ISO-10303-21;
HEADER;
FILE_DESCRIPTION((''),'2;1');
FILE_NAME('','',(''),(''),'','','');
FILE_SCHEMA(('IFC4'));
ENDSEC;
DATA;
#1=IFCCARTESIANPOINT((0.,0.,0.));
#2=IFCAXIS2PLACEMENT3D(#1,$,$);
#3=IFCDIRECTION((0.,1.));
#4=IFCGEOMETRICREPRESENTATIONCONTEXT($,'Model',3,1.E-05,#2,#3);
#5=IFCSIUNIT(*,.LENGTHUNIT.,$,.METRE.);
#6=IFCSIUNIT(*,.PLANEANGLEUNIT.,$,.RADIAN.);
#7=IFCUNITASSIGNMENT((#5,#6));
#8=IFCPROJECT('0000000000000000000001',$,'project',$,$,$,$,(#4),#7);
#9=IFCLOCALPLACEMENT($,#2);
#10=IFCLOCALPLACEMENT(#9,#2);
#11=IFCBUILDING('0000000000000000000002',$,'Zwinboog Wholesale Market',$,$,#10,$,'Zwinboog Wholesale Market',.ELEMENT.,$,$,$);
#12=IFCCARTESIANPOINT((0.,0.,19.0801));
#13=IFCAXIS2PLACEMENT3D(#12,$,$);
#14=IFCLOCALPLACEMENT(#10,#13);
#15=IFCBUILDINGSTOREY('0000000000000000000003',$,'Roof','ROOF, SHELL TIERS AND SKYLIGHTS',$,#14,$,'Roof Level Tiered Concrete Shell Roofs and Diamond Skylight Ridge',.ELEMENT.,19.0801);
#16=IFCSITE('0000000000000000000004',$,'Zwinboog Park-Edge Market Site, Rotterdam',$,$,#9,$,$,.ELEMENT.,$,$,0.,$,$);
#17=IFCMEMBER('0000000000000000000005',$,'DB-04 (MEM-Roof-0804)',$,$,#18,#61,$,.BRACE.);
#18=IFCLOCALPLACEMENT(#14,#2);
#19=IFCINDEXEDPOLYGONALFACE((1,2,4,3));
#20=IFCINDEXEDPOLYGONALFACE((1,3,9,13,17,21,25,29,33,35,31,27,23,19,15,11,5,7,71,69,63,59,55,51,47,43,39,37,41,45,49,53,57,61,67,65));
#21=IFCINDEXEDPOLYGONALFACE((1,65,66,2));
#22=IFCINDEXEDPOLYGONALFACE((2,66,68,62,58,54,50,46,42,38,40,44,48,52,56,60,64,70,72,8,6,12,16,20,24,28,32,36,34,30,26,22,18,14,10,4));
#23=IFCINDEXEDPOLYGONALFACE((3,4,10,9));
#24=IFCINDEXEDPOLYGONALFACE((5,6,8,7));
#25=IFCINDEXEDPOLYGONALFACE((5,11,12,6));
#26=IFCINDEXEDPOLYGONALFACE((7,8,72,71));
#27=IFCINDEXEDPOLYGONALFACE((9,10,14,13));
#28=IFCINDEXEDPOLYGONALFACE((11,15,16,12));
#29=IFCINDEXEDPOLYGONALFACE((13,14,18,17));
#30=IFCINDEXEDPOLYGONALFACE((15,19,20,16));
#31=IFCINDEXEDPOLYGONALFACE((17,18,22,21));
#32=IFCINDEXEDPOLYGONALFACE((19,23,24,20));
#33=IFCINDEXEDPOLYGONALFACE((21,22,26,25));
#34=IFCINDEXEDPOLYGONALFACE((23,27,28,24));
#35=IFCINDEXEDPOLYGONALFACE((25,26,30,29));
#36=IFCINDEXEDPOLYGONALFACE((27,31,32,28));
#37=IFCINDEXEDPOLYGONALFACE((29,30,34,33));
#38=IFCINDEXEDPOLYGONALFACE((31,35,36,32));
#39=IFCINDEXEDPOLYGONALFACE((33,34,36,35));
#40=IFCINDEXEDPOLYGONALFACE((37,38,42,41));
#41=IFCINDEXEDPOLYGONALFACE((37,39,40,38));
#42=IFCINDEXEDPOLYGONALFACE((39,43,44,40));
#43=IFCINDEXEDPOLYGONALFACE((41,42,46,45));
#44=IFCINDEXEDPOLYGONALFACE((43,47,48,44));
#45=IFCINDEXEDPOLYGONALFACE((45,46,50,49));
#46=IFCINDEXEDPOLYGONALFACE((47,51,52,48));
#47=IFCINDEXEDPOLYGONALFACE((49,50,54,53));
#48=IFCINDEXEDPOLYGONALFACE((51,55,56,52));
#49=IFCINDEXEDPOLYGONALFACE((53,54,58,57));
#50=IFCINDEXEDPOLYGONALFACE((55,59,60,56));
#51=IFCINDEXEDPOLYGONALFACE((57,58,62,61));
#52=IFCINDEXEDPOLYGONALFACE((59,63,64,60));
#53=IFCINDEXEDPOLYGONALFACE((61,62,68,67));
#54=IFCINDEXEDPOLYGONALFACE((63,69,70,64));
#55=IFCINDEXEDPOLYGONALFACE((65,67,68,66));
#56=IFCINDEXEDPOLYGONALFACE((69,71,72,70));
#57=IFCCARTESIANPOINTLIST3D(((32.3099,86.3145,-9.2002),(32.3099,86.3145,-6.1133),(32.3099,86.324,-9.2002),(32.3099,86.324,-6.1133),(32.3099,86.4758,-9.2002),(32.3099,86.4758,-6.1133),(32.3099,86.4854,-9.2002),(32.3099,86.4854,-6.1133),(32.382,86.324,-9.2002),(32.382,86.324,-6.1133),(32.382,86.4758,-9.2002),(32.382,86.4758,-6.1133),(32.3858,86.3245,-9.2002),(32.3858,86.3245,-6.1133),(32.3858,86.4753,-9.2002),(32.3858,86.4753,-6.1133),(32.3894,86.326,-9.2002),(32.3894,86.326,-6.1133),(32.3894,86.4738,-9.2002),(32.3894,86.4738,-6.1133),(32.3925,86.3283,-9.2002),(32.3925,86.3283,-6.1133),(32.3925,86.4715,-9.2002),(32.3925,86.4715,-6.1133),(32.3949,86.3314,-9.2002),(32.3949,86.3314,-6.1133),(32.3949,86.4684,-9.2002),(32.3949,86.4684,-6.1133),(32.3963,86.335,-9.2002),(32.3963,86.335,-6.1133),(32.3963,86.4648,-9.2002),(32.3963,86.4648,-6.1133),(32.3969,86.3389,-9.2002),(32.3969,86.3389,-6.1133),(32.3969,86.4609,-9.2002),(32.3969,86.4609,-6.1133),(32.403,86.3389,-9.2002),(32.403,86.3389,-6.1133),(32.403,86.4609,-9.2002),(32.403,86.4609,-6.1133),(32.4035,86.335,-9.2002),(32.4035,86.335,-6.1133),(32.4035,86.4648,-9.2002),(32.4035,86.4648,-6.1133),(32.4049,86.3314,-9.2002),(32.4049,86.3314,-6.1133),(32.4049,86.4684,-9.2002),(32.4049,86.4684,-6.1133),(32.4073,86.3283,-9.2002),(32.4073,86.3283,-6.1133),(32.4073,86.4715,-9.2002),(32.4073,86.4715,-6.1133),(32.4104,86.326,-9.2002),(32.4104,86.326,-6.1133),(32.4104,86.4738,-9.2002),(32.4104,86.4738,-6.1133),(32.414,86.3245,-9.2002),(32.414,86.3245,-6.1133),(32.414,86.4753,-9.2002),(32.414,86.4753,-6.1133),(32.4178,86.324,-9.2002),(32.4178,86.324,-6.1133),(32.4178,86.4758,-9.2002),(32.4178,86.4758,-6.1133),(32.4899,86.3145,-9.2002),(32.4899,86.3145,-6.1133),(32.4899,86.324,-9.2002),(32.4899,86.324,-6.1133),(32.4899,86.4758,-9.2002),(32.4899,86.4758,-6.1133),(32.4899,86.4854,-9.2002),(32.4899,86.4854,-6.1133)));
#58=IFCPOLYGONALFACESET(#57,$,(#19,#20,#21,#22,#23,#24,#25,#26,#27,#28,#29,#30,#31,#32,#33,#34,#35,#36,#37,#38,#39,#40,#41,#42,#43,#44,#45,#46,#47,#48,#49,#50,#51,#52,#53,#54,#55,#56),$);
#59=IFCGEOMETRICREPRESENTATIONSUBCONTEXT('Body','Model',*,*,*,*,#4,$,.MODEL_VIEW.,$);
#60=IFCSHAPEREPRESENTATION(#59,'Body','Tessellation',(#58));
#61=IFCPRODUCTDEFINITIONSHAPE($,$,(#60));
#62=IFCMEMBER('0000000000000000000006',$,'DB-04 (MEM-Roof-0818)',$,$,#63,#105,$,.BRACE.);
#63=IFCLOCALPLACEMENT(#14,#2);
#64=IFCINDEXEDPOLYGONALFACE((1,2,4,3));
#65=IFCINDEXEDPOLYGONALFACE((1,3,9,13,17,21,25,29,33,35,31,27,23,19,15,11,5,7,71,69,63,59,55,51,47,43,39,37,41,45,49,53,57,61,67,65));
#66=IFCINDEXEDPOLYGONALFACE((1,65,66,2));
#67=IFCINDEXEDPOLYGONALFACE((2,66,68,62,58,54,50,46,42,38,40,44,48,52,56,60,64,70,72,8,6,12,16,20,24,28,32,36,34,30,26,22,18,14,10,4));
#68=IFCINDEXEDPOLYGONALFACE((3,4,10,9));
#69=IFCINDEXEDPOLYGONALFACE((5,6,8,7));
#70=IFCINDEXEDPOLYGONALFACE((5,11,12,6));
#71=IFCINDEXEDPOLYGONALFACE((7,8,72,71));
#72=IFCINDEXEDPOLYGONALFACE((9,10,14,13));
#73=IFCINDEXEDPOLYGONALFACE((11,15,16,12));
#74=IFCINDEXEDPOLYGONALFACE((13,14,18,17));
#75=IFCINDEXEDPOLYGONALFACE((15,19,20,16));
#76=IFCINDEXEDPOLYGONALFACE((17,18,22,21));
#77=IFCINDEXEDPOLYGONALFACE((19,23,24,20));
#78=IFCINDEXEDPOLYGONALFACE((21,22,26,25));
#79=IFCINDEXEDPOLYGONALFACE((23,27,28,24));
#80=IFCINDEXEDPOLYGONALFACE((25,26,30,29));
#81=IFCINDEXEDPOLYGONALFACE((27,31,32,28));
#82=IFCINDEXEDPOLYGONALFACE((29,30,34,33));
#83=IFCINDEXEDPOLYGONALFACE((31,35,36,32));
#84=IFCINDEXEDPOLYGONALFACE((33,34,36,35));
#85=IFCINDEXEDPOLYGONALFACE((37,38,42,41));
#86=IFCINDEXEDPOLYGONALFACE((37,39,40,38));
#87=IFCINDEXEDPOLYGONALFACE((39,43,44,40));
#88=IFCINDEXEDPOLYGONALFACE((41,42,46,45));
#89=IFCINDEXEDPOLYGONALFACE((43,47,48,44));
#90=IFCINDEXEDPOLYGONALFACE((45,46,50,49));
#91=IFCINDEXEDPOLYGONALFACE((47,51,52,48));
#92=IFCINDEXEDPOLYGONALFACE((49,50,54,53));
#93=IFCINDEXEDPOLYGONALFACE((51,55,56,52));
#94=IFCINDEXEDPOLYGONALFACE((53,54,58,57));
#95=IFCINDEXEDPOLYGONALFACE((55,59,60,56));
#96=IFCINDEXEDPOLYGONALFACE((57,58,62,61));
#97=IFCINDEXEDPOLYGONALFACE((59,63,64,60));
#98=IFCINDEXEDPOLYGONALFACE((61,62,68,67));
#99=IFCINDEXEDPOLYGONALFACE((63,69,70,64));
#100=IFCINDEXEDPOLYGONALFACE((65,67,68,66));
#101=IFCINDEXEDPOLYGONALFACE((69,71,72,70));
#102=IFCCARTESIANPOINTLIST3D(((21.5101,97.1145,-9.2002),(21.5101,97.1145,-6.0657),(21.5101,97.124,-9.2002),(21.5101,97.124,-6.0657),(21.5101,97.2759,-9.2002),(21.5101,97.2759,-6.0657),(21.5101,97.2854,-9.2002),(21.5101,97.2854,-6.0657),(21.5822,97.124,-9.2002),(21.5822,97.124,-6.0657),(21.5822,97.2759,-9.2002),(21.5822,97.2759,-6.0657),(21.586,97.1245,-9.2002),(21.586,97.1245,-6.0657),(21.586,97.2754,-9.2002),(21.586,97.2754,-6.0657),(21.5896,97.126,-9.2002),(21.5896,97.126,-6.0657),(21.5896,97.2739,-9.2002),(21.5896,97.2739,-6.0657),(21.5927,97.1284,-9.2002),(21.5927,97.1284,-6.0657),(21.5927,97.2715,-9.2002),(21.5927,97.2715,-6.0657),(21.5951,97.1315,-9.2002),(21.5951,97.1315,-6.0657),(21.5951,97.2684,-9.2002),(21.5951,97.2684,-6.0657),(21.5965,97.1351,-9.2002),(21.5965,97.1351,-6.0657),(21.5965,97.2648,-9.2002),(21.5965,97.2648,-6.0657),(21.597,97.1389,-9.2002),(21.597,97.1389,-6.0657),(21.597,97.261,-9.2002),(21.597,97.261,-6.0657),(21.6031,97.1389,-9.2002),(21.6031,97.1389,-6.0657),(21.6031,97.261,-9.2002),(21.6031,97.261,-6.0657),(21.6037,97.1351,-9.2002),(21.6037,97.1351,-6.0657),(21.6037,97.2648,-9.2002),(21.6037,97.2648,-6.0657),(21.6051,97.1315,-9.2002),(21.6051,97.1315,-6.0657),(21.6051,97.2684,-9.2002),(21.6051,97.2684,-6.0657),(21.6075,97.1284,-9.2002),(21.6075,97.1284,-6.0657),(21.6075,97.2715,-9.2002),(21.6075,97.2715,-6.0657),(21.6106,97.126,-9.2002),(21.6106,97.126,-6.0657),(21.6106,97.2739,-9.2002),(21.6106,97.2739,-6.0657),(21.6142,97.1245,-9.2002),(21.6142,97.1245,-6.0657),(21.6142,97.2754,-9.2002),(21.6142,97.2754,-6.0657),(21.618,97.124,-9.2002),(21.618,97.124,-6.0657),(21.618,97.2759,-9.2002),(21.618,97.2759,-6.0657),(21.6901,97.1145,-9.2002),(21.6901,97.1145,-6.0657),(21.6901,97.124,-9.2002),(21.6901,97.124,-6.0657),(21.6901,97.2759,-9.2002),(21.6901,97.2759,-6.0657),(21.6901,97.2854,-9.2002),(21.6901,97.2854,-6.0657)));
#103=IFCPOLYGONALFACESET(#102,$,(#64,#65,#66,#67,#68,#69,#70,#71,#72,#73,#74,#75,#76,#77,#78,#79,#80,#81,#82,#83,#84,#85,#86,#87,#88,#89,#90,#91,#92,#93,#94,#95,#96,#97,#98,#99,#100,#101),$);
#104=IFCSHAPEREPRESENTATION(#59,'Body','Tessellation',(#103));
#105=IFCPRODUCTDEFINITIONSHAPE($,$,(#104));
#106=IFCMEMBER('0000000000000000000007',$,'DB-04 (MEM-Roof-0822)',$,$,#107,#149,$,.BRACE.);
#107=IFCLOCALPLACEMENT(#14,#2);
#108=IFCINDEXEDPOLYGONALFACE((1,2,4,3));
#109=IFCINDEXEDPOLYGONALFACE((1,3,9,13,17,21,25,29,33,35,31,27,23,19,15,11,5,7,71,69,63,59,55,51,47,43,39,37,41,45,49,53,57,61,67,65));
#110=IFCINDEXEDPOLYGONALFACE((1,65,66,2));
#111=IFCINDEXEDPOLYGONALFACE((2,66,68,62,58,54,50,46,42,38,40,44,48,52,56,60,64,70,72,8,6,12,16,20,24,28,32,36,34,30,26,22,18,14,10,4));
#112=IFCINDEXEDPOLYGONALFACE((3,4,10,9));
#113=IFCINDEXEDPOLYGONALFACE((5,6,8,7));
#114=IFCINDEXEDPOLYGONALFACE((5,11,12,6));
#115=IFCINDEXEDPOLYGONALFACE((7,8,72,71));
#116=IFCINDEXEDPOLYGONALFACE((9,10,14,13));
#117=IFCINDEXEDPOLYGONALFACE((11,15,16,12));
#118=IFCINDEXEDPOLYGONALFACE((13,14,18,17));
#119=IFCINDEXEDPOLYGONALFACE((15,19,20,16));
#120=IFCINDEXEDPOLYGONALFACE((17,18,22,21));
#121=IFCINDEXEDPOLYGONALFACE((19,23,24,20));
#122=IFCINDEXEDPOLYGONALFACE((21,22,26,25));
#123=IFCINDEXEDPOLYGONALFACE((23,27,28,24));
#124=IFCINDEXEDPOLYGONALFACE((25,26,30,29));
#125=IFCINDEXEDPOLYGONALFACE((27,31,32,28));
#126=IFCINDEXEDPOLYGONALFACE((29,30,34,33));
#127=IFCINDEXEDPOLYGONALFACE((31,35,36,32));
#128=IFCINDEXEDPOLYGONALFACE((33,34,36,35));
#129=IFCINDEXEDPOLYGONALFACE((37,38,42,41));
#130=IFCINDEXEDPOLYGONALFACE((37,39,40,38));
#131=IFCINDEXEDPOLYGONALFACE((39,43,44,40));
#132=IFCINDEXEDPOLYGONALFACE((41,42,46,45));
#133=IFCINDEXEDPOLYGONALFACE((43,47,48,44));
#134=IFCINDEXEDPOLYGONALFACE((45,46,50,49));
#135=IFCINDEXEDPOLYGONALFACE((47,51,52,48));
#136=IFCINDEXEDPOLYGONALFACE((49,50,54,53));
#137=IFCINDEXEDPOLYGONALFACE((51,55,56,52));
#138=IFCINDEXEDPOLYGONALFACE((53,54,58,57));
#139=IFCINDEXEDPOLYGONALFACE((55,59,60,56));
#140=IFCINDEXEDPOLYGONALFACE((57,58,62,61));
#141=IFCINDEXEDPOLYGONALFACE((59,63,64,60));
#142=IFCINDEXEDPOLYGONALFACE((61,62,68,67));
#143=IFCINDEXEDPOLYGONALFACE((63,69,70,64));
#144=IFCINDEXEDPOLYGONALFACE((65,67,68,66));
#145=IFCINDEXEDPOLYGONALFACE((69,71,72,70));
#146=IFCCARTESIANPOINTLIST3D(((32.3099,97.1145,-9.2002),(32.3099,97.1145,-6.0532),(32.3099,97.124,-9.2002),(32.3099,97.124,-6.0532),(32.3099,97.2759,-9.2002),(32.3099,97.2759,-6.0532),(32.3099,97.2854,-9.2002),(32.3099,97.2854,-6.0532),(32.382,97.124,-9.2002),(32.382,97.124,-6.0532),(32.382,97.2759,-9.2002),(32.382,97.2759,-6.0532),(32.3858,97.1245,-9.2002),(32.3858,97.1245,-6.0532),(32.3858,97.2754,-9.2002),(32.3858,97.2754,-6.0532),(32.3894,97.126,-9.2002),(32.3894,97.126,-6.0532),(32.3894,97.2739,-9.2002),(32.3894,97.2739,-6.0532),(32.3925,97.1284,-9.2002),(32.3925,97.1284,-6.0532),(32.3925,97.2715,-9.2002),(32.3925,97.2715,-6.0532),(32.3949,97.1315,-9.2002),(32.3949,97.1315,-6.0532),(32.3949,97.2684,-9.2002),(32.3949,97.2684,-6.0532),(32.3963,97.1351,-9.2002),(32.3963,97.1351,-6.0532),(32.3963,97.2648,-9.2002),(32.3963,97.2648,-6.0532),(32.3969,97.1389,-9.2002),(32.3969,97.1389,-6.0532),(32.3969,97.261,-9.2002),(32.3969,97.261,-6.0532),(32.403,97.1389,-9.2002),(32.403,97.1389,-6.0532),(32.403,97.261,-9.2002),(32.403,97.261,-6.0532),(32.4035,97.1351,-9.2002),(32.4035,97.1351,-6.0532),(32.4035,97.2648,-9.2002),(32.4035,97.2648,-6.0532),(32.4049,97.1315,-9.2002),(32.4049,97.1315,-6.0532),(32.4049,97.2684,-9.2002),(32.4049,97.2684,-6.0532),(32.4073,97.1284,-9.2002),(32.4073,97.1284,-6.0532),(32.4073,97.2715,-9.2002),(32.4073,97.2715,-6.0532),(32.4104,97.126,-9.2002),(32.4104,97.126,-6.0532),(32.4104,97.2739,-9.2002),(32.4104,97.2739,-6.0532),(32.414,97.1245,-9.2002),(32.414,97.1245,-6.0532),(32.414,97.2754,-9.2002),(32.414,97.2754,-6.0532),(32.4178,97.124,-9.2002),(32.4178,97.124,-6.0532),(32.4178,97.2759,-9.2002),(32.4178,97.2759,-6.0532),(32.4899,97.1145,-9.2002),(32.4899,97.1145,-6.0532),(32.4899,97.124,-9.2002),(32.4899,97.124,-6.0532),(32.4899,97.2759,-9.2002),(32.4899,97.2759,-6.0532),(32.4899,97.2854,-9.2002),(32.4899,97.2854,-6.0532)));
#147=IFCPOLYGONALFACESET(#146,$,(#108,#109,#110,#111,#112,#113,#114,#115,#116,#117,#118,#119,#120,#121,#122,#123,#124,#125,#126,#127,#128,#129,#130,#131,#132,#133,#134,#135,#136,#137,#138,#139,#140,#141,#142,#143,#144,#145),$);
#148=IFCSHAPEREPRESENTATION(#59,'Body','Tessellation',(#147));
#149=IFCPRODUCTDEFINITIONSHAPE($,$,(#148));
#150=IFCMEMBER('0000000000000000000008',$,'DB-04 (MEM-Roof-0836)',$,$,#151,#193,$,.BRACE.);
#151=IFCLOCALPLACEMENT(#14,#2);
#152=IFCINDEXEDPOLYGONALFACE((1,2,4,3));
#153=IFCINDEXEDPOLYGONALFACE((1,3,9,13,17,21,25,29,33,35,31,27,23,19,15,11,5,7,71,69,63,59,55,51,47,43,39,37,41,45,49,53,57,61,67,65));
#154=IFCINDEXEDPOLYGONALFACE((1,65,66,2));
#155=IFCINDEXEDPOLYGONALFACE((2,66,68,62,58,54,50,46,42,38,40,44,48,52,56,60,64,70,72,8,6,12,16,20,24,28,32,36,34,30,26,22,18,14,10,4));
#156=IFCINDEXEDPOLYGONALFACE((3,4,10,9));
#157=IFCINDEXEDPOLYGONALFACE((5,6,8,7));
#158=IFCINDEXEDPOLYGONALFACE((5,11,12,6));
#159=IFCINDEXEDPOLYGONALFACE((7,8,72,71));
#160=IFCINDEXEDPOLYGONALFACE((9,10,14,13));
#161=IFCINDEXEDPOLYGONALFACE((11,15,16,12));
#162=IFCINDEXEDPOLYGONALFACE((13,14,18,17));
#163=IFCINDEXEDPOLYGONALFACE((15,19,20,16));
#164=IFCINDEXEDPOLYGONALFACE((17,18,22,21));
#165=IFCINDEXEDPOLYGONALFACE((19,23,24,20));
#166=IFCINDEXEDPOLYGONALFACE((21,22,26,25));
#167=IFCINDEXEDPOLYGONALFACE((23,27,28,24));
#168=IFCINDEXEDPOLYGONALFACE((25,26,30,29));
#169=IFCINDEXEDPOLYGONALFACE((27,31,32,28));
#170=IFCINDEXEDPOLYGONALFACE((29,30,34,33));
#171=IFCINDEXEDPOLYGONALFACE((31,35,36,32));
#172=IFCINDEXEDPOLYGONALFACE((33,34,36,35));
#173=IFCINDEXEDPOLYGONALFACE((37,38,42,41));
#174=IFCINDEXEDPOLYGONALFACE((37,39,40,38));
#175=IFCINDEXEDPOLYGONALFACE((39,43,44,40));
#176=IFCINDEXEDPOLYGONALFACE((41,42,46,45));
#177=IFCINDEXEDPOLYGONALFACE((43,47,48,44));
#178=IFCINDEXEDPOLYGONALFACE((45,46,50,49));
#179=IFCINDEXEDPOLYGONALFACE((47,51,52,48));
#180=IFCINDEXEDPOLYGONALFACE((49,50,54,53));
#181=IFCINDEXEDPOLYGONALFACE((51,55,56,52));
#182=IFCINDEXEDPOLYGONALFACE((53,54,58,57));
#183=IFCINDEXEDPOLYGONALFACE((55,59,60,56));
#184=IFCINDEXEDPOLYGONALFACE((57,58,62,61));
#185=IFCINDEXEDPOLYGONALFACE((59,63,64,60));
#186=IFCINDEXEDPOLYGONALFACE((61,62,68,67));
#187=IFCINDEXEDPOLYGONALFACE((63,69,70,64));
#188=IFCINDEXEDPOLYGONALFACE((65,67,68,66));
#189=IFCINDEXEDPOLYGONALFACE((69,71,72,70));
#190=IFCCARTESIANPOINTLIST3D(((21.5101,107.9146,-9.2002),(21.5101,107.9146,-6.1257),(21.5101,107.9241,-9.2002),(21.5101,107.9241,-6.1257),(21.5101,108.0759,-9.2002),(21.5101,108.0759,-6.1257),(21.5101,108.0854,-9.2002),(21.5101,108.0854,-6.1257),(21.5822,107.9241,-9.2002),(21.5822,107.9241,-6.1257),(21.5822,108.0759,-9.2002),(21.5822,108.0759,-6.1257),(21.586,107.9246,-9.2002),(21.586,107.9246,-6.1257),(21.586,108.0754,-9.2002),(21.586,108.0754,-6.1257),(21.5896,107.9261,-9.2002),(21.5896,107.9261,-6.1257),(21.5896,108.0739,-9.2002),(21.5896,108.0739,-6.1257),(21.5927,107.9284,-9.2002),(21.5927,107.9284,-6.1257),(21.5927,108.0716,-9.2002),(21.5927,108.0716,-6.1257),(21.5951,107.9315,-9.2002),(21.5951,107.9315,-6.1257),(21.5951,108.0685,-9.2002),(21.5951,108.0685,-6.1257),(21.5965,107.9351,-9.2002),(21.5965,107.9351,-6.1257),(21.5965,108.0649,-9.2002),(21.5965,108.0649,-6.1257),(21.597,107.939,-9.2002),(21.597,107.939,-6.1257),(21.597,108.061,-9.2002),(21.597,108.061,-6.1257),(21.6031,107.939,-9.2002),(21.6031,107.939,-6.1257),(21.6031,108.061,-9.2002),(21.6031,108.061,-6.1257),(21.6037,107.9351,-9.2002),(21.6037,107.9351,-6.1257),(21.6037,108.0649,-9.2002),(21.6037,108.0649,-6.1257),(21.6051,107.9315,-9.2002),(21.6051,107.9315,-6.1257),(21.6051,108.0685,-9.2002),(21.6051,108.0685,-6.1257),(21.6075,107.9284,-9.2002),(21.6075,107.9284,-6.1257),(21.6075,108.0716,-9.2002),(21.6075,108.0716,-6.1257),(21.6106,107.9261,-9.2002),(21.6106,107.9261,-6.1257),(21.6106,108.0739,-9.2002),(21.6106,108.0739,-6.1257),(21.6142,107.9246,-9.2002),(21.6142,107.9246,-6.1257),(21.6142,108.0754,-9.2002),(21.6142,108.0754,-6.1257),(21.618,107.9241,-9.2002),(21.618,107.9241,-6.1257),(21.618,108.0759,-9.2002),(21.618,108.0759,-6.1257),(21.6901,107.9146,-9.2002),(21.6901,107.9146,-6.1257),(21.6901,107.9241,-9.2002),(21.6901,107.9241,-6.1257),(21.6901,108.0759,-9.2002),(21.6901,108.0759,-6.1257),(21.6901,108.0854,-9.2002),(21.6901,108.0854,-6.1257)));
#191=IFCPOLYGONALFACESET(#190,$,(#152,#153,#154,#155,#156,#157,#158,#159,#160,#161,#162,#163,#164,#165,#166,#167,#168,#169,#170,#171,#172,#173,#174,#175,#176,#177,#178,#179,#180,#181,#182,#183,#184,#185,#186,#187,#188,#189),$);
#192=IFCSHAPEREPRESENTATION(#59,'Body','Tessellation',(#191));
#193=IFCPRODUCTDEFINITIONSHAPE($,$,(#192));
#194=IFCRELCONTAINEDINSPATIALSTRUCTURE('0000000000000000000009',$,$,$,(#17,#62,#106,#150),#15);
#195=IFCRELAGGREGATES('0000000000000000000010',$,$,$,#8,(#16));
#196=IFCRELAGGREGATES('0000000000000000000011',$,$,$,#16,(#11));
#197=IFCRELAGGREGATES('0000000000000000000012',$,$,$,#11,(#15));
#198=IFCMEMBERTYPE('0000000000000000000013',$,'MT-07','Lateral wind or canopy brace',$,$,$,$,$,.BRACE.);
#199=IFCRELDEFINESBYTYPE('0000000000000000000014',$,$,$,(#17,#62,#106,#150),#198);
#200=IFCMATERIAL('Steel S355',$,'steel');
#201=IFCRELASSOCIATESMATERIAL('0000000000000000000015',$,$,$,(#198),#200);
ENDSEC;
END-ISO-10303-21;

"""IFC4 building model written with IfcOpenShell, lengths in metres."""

from ifc_helpers import new_model, si_unit, direction, frame, origin, origin_2d, place, context, subcontext, project, spatial, i_section, extrude, material, material_profile, profile_set, type_object, element, save


model = new_model("IFC4")

# Units and contexts
model_context = context("Model", 3, precision=1e-05, world=origin(), true_north=direction((0.0, 1.0)))
body_context = subcontext(model_context, "Body", "Model", "MODEL_VIEW")
ifc_project = project(units=[si_unit("LENGTHUNIT", "METRE"), si_unit("PLANEANGLEUNIT", "RADIAN")], contexts=[model_context])

# Site, building, storey
site_placement = place(None, origin())
site = spatial("IfcSite", under=ifc_project, at=site_placement, Name="Zwinboog Park-Edge Market Site, Rotterdam", CompositionType="ELEMENT", RefElevation=0.0)
building_placement = place(site_placement, origin())
building = spatial("IfcBuilding", under=site, at=building_placement, Name="Zwinboog Wholesale Market", LongName="Zwinboog Wholesale Market", CompositionType="ELEMENT")
storey_placement = place(building_placement, frame((0.0, 0.0, 19.0801)))
storey = spatial("IfcBuildingStorey", under=building, at=storey_placement, Name="Roof", Description="ROOF, SHELL TIERS AND SKYLIGHTS", LongName="Roof Level Tiered Concrete Shell Roofs and Diamond Skylight Ridge", CompositionType="ELEMENT", Elevation=19.0801)

# Members
ifc_material_1 = material(Name="Steel S355", Category="steel")
ifc_material_profile_1 = material_profile(ifc_material_1, i_section(OverallWidth=0.1799, OverallDepth=0.1709, WebThickness=0.0061, FlangeThickness=0.0095, FilletRadius=0.0149, at=origin_2d()), Name="HEA 180")
ifc_profile_set_1 = profile_set([ifc_material_profile_1], Name="Steel S355")
member_type_1 = type_object("IfcMemberType", Name="MT-07", Description="Lateral wind or canopy brace", PredefinedType="BRACE", material=ifc_profile_set_1)
member_1_placement = place(storey_placement, frame((32.3999, 86.3999, -9.2002), z_axis=(0.0, 0.0, 1.0), x_axis=(1.0, 0.0, 0.0)))
element("IfcMember", 1, at=member_1_placement, inside=storey, type_object=member_type_1, Name="DB-04 (MEM-Roof-0804)", PredefinedType="BRACE", context=body_context, shape_type="SweptSolid", body=[
    extrude(i_section(OverallWidth=0.1799, OverallDepth=0.1709, WebThickness=0.0061, FlangeThickness=0.0095, FilletRadius=0.0149, at=origin_2d()), origin(), (0.0, 0.0, 1.0), 3.0869),
])
member_2_placement = place(storey_placement, frame((21.6001, 97.2, -9.2002), z_axis=(0.0, 0.0, 1.0), x_axis=(1.0, 0.0, 0.0)))
element("IfcMember", 2, at=member_2_placement, inside=storey, type_object=member_type_1, Name="DB-04 (MEM-Roof-0818)", PredefinedType="BRACE", context=body_context, shape_type="SweptSolid", body=[
    extrude(i_section(OverallWidth=0.1799, OverallDepth=0.1709, WebThickness=0.0061, FlangeThickness=0.0095, FilletRadius=0.0149, at=origin_2d()), origin(), (0.0, 0.0, 1.0), 3.1345),
])
member_3_placement = place(storey_placement, frame((32.3999, 97.2, -9.2002), z_axis=(0.0, 0.0, 1.0), x_axis=(1.0, 0.0, 0.0)))
element("IfcMember", 3, at=member_3_placement, inside=storey, type_object=member_type_1, Name="DB-04 (MEM-Roof-0822)", PredefinedType="BRACE", context=body_context, shape_type="SweptSolid", body=[
    extrude(i_section(OverallWidth=0.1799, OverallDepth=0.1709, WebThickness=0.0061, FlangeThickness=0.0095, FilletRadius=0.0149, at=origin_2d()), origin(), (0.0, 0.0, 1.0), 3.147),
])
member_4_placement = place(storey_placement, frame((21.6001, 108.0, -9.2002), z_axis=(0.0, 0.0, 1.0), x_axis=(1.0, 0.0, 0.0)))
element("IfcMember", 4, at=member_4_placement, inside=storey, type_object=member_type_1, Name="DB-04 (MEM-Roof-0836)", PredefinedType="BRACE", context=body_context, shape_type="SweptSolid", body=[
    extrude(i_section(OverallWidth=0.1799, OverallDepth=0.1709, WebThickness=0.0061, FlangeThickness=0.0095, FilletRadius=0.0149, at=origin_2d()), origin(), (0.0, 0.0, 1.0), 3.0745),
])

save(model, "model.ifc")
